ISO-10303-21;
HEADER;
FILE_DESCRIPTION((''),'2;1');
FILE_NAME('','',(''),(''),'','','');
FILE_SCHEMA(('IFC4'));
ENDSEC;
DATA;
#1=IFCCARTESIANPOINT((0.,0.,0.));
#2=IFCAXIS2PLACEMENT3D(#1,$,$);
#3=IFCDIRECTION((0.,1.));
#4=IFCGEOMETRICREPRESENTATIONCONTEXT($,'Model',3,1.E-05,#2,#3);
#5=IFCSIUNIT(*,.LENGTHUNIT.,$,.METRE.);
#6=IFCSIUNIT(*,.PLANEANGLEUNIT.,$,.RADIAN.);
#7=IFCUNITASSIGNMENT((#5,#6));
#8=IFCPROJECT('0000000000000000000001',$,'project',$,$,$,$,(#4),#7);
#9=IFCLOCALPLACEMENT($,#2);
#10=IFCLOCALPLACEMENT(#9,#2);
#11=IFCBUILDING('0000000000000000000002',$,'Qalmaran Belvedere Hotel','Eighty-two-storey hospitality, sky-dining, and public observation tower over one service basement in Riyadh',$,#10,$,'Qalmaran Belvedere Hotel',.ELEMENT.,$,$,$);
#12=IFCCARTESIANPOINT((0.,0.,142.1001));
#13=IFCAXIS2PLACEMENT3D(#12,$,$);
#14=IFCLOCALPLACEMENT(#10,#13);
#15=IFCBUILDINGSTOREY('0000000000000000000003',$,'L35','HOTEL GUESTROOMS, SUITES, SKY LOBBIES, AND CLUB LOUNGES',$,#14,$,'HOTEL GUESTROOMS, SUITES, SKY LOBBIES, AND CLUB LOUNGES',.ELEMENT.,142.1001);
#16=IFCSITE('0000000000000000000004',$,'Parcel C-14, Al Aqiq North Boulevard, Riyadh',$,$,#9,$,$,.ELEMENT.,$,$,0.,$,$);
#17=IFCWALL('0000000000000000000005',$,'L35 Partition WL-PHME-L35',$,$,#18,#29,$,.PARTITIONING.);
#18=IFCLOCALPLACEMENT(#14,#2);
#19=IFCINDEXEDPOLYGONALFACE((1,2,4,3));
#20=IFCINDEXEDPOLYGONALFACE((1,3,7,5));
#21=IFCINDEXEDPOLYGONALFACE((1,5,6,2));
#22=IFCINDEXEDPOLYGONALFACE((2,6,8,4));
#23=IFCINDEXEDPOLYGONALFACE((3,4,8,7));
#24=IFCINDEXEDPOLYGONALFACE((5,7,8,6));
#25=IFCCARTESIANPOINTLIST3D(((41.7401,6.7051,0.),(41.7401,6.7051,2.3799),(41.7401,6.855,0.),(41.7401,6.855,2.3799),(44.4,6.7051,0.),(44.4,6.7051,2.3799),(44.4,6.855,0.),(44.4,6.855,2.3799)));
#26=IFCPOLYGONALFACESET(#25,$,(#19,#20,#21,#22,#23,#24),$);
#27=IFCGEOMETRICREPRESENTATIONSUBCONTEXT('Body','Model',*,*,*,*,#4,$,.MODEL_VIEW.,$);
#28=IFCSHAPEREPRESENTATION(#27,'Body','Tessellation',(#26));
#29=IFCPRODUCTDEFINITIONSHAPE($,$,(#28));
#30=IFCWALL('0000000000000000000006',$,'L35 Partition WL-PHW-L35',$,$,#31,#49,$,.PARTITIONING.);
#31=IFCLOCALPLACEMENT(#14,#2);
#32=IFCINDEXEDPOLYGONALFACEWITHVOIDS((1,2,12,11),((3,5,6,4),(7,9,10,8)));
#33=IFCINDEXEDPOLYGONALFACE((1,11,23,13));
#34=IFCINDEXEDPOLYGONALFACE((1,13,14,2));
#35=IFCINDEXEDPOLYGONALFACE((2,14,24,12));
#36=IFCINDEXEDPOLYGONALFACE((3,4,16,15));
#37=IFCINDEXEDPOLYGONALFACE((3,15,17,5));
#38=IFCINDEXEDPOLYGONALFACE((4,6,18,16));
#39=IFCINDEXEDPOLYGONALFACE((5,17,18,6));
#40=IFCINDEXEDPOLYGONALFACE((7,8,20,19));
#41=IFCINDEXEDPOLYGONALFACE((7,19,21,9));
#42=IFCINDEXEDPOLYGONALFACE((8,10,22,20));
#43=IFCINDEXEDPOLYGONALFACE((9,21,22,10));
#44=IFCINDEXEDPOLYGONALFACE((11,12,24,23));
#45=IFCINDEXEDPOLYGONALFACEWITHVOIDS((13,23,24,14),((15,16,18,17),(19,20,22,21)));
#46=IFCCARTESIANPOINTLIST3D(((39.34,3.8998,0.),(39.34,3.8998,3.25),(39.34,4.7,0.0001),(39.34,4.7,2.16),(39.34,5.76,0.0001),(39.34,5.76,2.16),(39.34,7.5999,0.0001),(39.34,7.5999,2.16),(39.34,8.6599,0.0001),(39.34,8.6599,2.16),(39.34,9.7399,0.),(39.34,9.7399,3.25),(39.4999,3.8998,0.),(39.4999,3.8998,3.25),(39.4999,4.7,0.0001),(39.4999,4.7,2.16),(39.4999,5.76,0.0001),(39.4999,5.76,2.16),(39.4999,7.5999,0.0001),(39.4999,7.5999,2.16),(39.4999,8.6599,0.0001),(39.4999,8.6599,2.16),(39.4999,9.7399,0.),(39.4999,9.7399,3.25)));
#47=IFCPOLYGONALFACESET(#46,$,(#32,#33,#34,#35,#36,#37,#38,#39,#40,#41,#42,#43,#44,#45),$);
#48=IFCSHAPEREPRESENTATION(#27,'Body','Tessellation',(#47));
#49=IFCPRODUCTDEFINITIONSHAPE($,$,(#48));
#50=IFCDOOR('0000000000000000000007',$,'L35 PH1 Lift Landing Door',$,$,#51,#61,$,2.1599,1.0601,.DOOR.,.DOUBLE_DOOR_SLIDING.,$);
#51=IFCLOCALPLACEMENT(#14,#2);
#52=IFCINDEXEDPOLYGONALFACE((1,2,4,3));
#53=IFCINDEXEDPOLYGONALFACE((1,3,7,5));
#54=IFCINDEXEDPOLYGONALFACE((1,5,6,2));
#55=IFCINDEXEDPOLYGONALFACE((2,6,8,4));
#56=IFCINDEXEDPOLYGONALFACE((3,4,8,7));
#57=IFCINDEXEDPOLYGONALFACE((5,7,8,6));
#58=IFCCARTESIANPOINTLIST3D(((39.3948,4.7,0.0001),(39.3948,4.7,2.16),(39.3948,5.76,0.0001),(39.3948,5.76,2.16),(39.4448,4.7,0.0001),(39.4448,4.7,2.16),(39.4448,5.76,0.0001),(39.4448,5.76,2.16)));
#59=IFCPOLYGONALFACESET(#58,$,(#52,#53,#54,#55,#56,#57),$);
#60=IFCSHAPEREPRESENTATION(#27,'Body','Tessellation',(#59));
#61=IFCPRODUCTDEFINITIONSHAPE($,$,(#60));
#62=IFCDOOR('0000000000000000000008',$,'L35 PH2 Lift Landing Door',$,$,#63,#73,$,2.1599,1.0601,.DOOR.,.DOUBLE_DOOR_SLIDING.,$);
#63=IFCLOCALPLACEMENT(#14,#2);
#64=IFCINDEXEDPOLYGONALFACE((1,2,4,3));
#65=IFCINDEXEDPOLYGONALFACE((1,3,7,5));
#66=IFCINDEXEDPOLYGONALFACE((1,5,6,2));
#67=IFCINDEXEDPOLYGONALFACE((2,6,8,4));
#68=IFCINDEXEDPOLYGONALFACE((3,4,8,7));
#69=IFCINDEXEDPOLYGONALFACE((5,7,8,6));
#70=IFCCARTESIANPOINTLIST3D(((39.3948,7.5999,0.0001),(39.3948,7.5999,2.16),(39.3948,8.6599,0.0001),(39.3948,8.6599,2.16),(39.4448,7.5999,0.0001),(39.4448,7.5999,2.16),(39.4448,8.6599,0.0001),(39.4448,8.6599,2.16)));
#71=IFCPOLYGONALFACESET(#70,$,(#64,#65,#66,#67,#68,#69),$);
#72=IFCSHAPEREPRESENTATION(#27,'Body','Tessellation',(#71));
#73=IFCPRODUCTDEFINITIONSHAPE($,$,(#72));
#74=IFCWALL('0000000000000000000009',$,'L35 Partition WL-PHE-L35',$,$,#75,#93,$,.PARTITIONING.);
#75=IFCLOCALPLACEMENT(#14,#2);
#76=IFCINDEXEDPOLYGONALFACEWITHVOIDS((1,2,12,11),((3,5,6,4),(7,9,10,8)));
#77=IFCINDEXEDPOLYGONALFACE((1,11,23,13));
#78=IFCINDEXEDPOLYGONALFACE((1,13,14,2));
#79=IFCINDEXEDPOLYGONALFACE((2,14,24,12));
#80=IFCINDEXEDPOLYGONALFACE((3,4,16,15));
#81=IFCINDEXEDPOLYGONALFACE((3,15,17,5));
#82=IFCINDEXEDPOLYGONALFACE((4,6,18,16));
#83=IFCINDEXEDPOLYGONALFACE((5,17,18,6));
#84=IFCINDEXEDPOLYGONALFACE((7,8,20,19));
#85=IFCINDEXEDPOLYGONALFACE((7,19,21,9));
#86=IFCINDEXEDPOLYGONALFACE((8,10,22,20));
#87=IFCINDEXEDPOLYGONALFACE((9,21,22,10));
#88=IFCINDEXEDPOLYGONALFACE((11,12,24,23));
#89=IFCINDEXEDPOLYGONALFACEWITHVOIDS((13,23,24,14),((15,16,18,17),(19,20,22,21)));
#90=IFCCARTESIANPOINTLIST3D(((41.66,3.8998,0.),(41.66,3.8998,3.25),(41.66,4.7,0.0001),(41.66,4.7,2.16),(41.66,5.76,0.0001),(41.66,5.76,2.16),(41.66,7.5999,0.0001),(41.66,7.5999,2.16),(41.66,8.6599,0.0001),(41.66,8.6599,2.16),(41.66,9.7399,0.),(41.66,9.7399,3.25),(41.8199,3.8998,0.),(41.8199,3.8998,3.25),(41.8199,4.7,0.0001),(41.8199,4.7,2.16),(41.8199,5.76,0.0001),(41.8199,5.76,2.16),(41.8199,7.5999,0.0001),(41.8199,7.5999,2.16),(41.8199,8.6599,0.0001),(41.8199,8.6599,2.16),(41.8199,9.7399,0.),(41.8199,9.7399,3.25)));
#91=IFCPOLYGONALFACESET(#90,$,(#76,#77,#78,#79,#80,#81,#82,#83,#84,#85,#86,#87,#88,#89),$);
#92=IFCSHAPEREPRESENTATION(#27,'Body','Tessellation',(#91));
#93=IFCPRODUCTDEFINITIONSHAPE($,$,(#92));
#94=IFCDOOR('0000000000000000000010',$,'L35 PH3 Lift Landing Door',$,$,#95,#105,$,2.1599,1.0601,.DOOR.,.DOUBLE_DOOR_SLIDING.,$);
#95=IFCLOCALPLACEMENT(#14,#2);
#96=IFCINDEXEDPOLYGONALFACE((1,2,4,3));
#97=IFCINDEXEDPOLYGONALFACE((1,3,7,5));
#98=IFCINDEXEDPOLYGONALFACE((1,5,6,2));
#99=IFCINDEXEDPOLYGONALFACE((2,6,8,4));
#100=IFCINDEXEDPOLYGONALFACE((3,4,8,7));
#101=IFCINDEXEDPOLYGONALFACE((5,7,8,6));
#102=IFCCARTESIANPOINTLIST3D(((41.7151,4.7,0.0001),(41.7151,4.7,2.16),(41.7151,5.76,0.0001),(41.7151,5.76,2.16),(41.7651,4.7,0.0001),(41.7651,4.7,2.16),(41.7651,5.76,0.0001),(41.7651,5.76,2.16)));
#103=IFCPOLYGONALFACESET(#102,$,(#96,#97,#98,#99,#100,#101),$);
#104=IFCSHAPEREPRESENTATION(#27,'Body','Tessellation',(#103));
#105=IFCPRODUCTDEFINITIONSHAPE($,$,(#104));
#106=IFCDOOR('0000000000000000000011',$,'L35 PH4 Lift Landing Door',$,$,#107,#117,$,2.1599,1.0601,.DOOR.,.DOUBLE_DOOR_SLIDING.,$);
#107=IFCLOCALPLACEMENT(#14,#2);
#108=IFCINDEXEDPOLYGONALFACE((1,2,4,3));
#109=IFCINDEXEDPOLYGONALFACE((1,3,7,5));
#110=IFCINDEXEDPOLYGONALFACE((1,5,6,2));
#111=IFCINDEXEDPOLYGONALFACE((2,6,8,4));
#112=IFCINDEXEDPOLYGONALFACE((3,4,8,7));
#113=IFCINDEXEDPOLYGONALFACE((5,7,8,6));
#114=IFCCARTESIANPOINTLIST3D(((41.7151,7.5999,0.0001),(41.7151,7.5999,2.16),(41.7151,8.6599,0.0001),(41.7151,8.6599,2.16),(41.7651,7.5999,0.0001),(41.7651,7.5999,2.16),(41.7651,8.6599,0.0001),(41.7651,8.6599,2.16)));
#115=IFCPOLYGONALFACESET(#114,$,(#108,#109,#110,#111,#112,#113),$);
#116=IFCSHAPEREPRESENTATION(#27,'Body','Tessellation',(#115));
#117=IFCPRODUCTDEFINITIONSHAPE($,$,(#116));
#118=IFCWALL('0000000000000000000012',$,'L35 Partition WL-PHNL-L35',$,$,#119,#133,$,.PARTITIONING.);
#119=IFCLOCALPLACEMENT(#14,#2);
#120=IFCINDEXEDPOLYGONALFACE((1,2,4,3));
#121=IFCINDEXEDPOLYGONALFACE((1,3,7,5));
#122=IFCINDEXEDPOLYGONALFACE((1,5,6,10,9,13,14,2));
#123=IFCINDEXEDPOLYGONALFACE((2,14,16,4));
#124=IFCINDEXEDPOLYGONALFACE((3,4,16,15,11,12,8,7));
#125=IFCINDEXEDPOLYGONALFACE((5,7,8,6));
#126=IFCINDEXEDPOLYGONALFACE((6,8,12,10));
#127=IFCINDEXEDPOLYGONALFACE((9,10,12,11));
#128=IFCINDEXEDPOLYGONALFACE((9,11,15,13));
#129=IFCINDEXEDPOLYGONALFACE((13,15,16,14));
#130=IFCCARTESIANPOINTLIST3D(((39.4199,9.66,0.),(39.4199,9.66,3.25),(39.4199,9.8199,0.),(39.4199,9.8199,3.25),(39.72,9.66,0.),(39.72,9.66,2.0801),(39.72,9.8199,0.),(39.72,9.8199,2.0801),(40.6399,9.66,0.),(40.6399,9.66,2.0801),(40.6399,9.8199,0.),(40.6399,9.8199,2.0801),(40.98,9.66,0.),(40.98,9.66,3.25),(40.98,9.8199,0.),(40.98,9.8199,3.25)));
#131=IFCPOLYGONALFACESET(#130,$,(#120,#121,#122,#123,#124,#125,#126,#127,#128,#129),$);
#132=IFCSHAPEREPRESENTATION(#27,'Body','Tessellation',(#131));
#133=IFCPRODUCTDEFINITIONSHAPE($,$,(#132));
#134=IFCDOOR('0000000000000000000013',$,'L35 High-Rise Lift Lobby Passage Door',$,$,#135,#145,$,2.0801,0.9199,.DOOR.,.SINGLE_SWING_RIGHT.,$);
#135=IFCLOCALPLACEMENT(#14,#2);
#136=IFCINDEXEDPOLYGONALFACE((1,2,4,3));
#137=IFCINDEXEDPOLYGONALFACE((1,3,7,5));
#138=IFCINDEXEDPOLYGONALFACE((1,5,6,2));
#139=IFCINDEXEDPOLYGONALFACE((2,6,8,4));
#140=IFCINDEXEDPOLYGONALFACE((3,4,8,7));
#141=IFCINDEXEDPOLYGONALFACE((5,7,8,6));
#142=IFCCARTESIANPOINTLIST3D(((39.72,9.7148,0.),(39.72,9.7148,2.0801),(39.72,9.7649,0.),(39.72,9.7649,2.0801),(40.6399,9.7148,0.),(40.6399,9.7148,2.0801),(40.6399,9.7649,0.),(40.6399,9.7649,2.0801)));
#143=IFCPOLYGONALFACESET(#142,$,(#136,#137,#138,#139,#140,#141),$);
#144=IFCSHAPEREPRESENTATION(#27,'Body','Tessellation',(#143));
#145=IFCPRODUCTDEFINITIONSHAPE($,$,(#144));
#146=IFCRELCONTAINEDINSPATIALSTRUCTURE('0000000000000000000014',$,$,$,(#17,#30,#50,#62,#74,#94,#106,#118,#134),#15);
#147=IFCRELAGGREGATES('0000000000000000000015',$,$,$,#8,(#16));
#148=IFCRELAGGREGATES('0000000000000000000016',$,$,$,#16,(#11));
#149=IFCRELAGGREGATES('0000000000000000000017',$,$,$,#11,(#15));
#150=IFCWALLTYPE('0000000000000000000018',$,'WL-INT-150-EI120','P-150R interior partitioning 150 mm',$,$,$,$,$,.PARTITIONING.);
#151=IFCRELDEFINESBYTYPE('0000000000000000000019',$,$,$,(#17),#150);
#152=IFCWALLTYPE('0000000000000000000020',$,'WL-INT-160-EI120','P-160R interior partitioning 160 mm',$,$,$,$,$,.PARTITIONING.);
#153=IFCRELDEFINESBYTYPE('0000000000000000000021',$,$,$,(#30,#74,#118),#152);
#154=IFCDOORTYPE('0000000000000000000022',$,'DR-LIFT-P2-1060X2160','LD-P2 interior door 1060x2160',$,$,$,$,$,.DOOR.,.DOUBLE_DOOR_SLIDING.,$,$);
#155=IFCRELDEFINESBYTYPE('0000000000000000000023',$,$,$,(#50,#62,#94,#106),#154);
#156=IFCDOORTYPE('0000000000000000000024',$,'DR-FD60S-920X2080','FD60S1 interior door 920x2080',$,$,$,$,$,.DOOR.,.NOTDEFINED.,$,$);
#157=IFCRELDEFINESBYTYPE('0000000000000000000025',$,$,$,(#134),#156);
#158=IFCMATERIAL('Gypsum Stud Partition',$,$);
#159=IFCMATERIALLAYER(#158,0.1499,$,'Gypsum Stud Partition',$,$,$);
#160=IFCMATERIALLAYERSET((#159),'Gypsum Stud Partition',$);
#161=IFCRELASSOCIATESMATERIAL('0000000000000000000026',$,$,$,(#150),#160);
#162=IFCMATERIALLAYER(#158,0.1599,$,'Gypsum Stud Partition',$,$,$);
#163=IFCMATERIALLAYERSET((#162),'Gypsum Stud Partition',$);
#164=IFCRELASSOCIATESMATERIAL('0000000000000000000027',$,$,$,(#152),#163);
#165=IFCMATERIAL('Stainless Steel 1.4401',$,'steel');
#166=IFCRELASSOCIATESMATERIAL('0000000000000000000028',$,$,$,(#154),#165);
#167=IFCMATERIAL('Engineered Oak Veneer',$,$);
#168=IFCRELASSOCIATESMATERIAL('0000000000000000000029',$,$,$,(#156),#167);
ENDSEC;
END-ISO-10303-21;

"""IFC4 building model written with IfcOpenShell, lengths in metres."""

from ifc_helpers import new_model, si_unit, direction, frame, frame_2d, origin, place, context, subcontext, project, spatial, rectangle, extrude, material, layer, layer_set, type_object, element, fill, save


model = new_model("IFC4")

# Units and contexts
model_context = context("Model", 3, precision=1e-05, world=origin(), true_north=direction((0.0, 1.0)))
body_context = subcontext(model_context, "Body", "Model", "MODEL_VIEW")
ifc_project = project(units=[si_unit("LENGTHUNIT", "METRE"), si_unit("PLANEANGLEUNIT", "RADIAN")], contexts=[model_context])

# Site, building, storey
site_placement = place(None, origin())
site = spatial("IfcSite", under=ifc_project, at=site_placement, Name="Parcel C-14, Al Aqiq North Boulevard, Riyadh", CompositionType="ELEMENT", RefElevation=0.0)
building_placement = place(site_placement, origin())
building = spatial("IfcBuilding", under=site, at=building_placement, Name="Qalmaran Belvedere Hotel", Description="Eighty-two-storey hospitality, sky-dining, and public observation tower over one service basement in Riyadh", LongName="Qalmaran Belvedere Hotel", CompositionType="ELEMENT")
storey_placement = place(building_placement, frame((0.0, 0.0, 142.1001)))
storey = spatial("IfcBuildingStorey", under=building, at=storey_placement, Name="L35", Description="HOTEL GUESTROOMS, SUITES, SKY LOBBIES, AND CLUB LOUNGES", LongName="HOTEL GUESTROOMS, SUITES, SKY LOBBIES, AND CLUB LOUNGES", CompositionType="ELEMENT", Elevation=142.1001)

# Wall
ifc_material_1 = material(Name="Gypsum Stud Partition")
ifc_layer_1 = layer(ifc_material_1, 0.1499, Name="Gypsum Stud Partition")
ifc_layer_set_1 = layer_set([ifc_layer_1], Name="Gypsum Stud Partition")
wall_type_1 = type_object("IfcWallType", Name="WL-INT-150-EI120", Description="P-150R interior partitioning 150 mm", PredefinedType="PARTITIONING", material=ifc_layer_set_1)
wall_1_placement = place(storey_placement, frame((41.74, 6.78, 0.0), z_axis=(0.0, 0.0, 1.0), x_axis=(1.0, 0.0, 0.0)))
element("IfcWall", 1, at=wall_1_placement, inside=storey, type_object=wall_type_1, Name="L35 Partition WL-PHME-L35", PredefinedType="PARTITIONING", context=body_context, shape_type="SweptSolid", body=[
    extrude(rectangle(XDim=2.6599, YDim=0.1499, at=frame_2d((1.3301, 0.0))), origin(), (0.0, 0.0, 1.0), 2.3799),
])

# Walls, openings, doors
ifc_layer_2 = layer(ifc_material_1, 0.1599, Name="Gypsum Stud Partition")
ifc_layer_set_2 = layer_set([ifc_layer_2], Name="Gypsum Stud Partition")
wall_type_2 = type_object("IfcWallType", Name="WL-INT-160-EI120", Description="P-160R interior partitioning 160 mm", PredefinedType="PARTITIONING", material=ifc_layer_set_2)
wall_2_placement = place(storey_placement, frame((39.4199, 3.8999, 0.0), z_axis=(0.0, 0.0, 1.0), x_axis=(0.0, 1.0, 0.0)))
wall_2 = element("IfcWall", 2, at=wall_2_placement, inside=storey, type_object=wall_type_2, Name="L35 Partition WL-PHW-L35", PredefinedType="PARTITIONING", context=body_context, shape_type="SweptSolid", body=[
    extrude(rectangle(XDim=5.8401, YDim=0.1599, at=frame_2d((2.9199, 0.0))), origin(), (0.0, 0.0, 1.0), 3.25),
])
opening_1_placement = place(wall_2_placement, frame((1.8601, 0.0, 0.0), z_axis=(0.0, 0.0, 1.0), x_axis=(-1.0, 0.0, 0.0)))
opening_1 = element("IfcOpeningElement", 3, at=opening_1_placement, cuts=wall_2, PredefinedType="OPENING", context=body_context, shape_type="SweptSolid", body=[
    extrude(rectangle(XDim=1.0601, YDim=2.1599, at=frame_2d((0.53, 1.0801))), frame((0.0, 0.0898, 0.0), z_axis=(0.0, -1.0, 0.0), x_axis=(1.0, 0.0, 0.0)), (0.0, 0.0, 1.0), 0.1799),
])
opening_2_placement = place(wall_2_placement, frame((4.76, 0.0, 0.0), z_axis=(0.0, 0.0, 1.0), x_axis=(-1.0, 0.0, 0.0)))
opening_2 = element("IfcOpeningElement", 4, at=opening_2_placement, cuts=wall_2, PredefinedType="OPENING", context=body_context, shape_type="SweptSolid", body=[
    extrude(rectangle(XDim=1.0601, YDim=2.1599, at=frame_2d((0.53, 1.0801))), frame((0.0, 0.0898, 0.0), z_axis=(0.0, -1.0, 0.0), x_axis=(1.0, 0.0, 0.0)), (0.0, 0.0, 1.0), 0.1799),
])
ifc_material_2 = material(Name="Stainless Steel 1.4401", Category="steel")
door_type_1 = type_object("IfcDoorType", Name="DR-LIFT-P2-1060X2160", Description="LD-P2 interior door 1060x2160", OperationType="DOUBLE_DOOR_SLIDING", PredefinedType="DOOR", material=ifc_material_2)
door_1_placement = place(opening_1_placement, origin())
door_1 = element("IfcDoor", 5, at=door_1_placement, inside=storey, type_object=door_type_1, Name="L35 PH1 Lift Landing Door", OperationType="DOUBLE_DOOR_SLIDING", OverallHeight=2.1599, OverallWidth=1.0601, PredefinedType="DOOR", context=body_context, shape_type="SweptSolid", body=[
    extrude(rectangle(XDim=1.0601, YDim=2.1599, at=frame_2d((0.53, 1.0801))), frame((0.0, 0.0249, 0.0), z_axis=(0.0, -1.0, 0.0), x_axis=(1.0, 0.0, 0.0)), (0.0, 0.0, 1.0), 0.05),
])
fill(opening_1, door_1)
door_2_placement = place(opening_2_placement, origin())
door_2 = element("IfcDoor", 6, at=door_2_placement, inside=storey, type_object=door_type_1, Name="L35 PH2 Lift Landing Door", OperationType="DOUBLE_DOOR_SLIDING", OverallHeight=2.1599, OverallWidth=1.0601, PredefinedType="DOOR", context=body_context, shape_type="SweptSolid", body=[
    extrude(rectangle(XDim=1.0601, YDim=2.1599, at=frame_2d((0.53, 1.0801))), frame((0.0, 0.0249, 0.0), z_axis=(0.0, -1.0, 0.0), x_axis=(1.0, 0.0, 0.0)), (0.0, 0.0, 1.0), 0.05),
])
fill(opening_2, door_2)
wall_3_placement = place(storey_placement, frame((41.74, 3.8999, 0.0), z_axis=(0.0, 0.0, 1.0), x_axis=(0.0, 1.0, 0.0)))
wall_3 = element("IfcWall", 7, at=wall_3_placement, inside=storey, type_object=wall_type_2, Name="L35 Partition WL-PHE-L35", PredefinedType="PARTITIONING", context=body_context, shape_type="SweptSolid", body=[
    extrude(rectangle(XDim=5.8401, YDim=0.1599, at=frame_2d((2.9199, 0.0))), origin(), (0.0, 0.0, 1.0), 3.25),
])
opening_3_placement = place(wall_3_placement, frame((0.8, 0.0, 0.0)))
opening_3 = element("IfcOpeningElement", 8, at=opening_3_placement, cuts=wall_3, PredefinedType="OPENING", context=body_context, shape_type="SweptSolid", body=[
    extrude(rectangle(XDim=1.0601, YDim=2.1599, at=frame_2d((0.53, 1.0801))), frame((0.0, 0.0898, 0.0), z_axis=(0.0, -1.0, 0.0), x_axis=(1.0, 0.0, 0.0)), (0.0, 0.0, 1.0), 0.1799),
])
opening_4_placement = place(wall_3_placement, frame((3.7, 0.0, 0.0)))
opening_4 = element("IfcOpeningElement", 9, at=opening_4_placement, cuts=wall_3, PredefinedType="OPENING", context=body_context, shape_type="SweptSolid", body=[
    extrude(rectangle(XDim=1.0601, YDim=2.1599, at=frame_2d((0.53, 1.0801))), frame((0.0, 0.0898, 0.0), z_axis=(0.0, -1.0, 0.0), x_axis=(1.0, 0.0, 0.0)), (0.0, 0.0, 1.0), 0.1799),
])
door_3_placement = place(opening_3_placement, origin())
door_3 = element("IfcDoor", 10, at=door_3_placement, inside=storey, type_object=door_type_1, Name="L35 PH3 Lift Landing Door", OperationType="DOUBLE_DOOR_SLIDING", OverallHeight=2.1599, OverallWidth=1.0601, PredefinedType="DOOR", context=body_context, shape_type="SweptSolid", body=[
    extrude(rectangle(XDim=1.0601, YDim=2.1599, at=frame_2d((0.53, 1.0801))), frame((0.0, 0.0249, 0.0), z_axis=(0.0, -1.0, 0.0), x_axis=(1.0, 0.0, 0.0)), (0.0, 0.0, 1.0), 0.05),
])
fill(opening_3, door_3)
door_4_placement = place(opening_4_placement, origin())
door_4 = element("IfcDoor", 11, at=door_4_placement, inside=storey, type_object=door_type_1, Name="L35 PH4 Lift Landing Door", OperationType="DOUBLE_DOOR_SLIDING", OverallHeight=2.1599, OverallWidth=1.0601, PredefinedType="DOOR", context=body_context, shape_type="SweptSolid", body=[
    extrude(rectangle(XDim=1.0601, YDim=2.1599, at=frame_2d((0.53, 1.0801))), frame((0.0, 0.0249, 0.0), z_axis=(0.0, -1.0, 0.0), x_axis=(1.0, 0.0, 0.0)), (0.0, 0.0, 1.0), 0.05),
])
fill(opening_4, door_4)

# Wall, opening, door
wall_4_placement = place(storey_placement, frame((39.4199, 9.74, 0.0), z_axis=(0.0, 0.0, 1.0), x_axis=(1.0, 0.0, 0.0)))
wall_4 = element("IfcWall", 12, at=wall_4_placement, inside=storey, type_object=wall_type_2, Name="L35 Partition WL-PHNL-L35", PredefinedType="PARTITIONING", context=body_context, shape_type="SweptSolid", body=[
    extrude(rectangle(XDim=1.5601, YDim=0.1599, at=frame_2d((0.78, 0.0))), origin(), (0.0, 0.0, 1.0), 3.25),
])
opening_5_placement = place(wall_4_placement, frame((0.3, 0.0, 0.0)))
opening_5 = element("IfcOpeningElement", 13, at=opening_5_placement, cuts=wall_4, PredefinedType="OPENING", context=body_context, shape_type="SweptSolid", body=[
    extrude(rectangle(XDim=0.9199, YDim=2.0801, at=frame_2d((0.46, 1.04))), frame((0.0, 0.0898, 0.0), z_axis=(0.0, -1.0, 0.0), x_axis=(1.0, 0.0, 0.0)), (0.0, 0.0, 1.0), 0.1799),
])
ifc_material_3 = material(Name="Engineered Oak Veneer")
door_type_2 = type_object("IfcDoorType", Name="DR-FD60S-920X2080", Description="FD60S1 interior door 920x2080", OperationType="NOTDEFINED", PredefinedType="DOOR", material=ifc_material_3)
door_5_placement = place(opening_5_placement, origin())
door_5 = element("IfcDoor", 14, at=door_5_placement, inside=storey, type_object=door_type_2, Name="L35 High-Rise Lift Lobby Passage Door", OperationType="SINGLE_SWING_RIGHT", OverallHeight=2.0801, OverallWidth=0.9199, PredefinedType="DOOR", context=body_context, shape_type="SweptSolid", body=[
    extrude(rectangle(XDim=0.9199, YDim=2.0801, at=frame_2d((0.46, 1.04))), frame((0.0, 0.0249, 0.0), z_axis=(0.0, -1.0, 0.0), x_axis=(1.0, 0.0, 0.0)), (0.0, 0.0, 1.0), 0.05),
])
fill(opening_5, door_5)

save(model, "model.ifc")
